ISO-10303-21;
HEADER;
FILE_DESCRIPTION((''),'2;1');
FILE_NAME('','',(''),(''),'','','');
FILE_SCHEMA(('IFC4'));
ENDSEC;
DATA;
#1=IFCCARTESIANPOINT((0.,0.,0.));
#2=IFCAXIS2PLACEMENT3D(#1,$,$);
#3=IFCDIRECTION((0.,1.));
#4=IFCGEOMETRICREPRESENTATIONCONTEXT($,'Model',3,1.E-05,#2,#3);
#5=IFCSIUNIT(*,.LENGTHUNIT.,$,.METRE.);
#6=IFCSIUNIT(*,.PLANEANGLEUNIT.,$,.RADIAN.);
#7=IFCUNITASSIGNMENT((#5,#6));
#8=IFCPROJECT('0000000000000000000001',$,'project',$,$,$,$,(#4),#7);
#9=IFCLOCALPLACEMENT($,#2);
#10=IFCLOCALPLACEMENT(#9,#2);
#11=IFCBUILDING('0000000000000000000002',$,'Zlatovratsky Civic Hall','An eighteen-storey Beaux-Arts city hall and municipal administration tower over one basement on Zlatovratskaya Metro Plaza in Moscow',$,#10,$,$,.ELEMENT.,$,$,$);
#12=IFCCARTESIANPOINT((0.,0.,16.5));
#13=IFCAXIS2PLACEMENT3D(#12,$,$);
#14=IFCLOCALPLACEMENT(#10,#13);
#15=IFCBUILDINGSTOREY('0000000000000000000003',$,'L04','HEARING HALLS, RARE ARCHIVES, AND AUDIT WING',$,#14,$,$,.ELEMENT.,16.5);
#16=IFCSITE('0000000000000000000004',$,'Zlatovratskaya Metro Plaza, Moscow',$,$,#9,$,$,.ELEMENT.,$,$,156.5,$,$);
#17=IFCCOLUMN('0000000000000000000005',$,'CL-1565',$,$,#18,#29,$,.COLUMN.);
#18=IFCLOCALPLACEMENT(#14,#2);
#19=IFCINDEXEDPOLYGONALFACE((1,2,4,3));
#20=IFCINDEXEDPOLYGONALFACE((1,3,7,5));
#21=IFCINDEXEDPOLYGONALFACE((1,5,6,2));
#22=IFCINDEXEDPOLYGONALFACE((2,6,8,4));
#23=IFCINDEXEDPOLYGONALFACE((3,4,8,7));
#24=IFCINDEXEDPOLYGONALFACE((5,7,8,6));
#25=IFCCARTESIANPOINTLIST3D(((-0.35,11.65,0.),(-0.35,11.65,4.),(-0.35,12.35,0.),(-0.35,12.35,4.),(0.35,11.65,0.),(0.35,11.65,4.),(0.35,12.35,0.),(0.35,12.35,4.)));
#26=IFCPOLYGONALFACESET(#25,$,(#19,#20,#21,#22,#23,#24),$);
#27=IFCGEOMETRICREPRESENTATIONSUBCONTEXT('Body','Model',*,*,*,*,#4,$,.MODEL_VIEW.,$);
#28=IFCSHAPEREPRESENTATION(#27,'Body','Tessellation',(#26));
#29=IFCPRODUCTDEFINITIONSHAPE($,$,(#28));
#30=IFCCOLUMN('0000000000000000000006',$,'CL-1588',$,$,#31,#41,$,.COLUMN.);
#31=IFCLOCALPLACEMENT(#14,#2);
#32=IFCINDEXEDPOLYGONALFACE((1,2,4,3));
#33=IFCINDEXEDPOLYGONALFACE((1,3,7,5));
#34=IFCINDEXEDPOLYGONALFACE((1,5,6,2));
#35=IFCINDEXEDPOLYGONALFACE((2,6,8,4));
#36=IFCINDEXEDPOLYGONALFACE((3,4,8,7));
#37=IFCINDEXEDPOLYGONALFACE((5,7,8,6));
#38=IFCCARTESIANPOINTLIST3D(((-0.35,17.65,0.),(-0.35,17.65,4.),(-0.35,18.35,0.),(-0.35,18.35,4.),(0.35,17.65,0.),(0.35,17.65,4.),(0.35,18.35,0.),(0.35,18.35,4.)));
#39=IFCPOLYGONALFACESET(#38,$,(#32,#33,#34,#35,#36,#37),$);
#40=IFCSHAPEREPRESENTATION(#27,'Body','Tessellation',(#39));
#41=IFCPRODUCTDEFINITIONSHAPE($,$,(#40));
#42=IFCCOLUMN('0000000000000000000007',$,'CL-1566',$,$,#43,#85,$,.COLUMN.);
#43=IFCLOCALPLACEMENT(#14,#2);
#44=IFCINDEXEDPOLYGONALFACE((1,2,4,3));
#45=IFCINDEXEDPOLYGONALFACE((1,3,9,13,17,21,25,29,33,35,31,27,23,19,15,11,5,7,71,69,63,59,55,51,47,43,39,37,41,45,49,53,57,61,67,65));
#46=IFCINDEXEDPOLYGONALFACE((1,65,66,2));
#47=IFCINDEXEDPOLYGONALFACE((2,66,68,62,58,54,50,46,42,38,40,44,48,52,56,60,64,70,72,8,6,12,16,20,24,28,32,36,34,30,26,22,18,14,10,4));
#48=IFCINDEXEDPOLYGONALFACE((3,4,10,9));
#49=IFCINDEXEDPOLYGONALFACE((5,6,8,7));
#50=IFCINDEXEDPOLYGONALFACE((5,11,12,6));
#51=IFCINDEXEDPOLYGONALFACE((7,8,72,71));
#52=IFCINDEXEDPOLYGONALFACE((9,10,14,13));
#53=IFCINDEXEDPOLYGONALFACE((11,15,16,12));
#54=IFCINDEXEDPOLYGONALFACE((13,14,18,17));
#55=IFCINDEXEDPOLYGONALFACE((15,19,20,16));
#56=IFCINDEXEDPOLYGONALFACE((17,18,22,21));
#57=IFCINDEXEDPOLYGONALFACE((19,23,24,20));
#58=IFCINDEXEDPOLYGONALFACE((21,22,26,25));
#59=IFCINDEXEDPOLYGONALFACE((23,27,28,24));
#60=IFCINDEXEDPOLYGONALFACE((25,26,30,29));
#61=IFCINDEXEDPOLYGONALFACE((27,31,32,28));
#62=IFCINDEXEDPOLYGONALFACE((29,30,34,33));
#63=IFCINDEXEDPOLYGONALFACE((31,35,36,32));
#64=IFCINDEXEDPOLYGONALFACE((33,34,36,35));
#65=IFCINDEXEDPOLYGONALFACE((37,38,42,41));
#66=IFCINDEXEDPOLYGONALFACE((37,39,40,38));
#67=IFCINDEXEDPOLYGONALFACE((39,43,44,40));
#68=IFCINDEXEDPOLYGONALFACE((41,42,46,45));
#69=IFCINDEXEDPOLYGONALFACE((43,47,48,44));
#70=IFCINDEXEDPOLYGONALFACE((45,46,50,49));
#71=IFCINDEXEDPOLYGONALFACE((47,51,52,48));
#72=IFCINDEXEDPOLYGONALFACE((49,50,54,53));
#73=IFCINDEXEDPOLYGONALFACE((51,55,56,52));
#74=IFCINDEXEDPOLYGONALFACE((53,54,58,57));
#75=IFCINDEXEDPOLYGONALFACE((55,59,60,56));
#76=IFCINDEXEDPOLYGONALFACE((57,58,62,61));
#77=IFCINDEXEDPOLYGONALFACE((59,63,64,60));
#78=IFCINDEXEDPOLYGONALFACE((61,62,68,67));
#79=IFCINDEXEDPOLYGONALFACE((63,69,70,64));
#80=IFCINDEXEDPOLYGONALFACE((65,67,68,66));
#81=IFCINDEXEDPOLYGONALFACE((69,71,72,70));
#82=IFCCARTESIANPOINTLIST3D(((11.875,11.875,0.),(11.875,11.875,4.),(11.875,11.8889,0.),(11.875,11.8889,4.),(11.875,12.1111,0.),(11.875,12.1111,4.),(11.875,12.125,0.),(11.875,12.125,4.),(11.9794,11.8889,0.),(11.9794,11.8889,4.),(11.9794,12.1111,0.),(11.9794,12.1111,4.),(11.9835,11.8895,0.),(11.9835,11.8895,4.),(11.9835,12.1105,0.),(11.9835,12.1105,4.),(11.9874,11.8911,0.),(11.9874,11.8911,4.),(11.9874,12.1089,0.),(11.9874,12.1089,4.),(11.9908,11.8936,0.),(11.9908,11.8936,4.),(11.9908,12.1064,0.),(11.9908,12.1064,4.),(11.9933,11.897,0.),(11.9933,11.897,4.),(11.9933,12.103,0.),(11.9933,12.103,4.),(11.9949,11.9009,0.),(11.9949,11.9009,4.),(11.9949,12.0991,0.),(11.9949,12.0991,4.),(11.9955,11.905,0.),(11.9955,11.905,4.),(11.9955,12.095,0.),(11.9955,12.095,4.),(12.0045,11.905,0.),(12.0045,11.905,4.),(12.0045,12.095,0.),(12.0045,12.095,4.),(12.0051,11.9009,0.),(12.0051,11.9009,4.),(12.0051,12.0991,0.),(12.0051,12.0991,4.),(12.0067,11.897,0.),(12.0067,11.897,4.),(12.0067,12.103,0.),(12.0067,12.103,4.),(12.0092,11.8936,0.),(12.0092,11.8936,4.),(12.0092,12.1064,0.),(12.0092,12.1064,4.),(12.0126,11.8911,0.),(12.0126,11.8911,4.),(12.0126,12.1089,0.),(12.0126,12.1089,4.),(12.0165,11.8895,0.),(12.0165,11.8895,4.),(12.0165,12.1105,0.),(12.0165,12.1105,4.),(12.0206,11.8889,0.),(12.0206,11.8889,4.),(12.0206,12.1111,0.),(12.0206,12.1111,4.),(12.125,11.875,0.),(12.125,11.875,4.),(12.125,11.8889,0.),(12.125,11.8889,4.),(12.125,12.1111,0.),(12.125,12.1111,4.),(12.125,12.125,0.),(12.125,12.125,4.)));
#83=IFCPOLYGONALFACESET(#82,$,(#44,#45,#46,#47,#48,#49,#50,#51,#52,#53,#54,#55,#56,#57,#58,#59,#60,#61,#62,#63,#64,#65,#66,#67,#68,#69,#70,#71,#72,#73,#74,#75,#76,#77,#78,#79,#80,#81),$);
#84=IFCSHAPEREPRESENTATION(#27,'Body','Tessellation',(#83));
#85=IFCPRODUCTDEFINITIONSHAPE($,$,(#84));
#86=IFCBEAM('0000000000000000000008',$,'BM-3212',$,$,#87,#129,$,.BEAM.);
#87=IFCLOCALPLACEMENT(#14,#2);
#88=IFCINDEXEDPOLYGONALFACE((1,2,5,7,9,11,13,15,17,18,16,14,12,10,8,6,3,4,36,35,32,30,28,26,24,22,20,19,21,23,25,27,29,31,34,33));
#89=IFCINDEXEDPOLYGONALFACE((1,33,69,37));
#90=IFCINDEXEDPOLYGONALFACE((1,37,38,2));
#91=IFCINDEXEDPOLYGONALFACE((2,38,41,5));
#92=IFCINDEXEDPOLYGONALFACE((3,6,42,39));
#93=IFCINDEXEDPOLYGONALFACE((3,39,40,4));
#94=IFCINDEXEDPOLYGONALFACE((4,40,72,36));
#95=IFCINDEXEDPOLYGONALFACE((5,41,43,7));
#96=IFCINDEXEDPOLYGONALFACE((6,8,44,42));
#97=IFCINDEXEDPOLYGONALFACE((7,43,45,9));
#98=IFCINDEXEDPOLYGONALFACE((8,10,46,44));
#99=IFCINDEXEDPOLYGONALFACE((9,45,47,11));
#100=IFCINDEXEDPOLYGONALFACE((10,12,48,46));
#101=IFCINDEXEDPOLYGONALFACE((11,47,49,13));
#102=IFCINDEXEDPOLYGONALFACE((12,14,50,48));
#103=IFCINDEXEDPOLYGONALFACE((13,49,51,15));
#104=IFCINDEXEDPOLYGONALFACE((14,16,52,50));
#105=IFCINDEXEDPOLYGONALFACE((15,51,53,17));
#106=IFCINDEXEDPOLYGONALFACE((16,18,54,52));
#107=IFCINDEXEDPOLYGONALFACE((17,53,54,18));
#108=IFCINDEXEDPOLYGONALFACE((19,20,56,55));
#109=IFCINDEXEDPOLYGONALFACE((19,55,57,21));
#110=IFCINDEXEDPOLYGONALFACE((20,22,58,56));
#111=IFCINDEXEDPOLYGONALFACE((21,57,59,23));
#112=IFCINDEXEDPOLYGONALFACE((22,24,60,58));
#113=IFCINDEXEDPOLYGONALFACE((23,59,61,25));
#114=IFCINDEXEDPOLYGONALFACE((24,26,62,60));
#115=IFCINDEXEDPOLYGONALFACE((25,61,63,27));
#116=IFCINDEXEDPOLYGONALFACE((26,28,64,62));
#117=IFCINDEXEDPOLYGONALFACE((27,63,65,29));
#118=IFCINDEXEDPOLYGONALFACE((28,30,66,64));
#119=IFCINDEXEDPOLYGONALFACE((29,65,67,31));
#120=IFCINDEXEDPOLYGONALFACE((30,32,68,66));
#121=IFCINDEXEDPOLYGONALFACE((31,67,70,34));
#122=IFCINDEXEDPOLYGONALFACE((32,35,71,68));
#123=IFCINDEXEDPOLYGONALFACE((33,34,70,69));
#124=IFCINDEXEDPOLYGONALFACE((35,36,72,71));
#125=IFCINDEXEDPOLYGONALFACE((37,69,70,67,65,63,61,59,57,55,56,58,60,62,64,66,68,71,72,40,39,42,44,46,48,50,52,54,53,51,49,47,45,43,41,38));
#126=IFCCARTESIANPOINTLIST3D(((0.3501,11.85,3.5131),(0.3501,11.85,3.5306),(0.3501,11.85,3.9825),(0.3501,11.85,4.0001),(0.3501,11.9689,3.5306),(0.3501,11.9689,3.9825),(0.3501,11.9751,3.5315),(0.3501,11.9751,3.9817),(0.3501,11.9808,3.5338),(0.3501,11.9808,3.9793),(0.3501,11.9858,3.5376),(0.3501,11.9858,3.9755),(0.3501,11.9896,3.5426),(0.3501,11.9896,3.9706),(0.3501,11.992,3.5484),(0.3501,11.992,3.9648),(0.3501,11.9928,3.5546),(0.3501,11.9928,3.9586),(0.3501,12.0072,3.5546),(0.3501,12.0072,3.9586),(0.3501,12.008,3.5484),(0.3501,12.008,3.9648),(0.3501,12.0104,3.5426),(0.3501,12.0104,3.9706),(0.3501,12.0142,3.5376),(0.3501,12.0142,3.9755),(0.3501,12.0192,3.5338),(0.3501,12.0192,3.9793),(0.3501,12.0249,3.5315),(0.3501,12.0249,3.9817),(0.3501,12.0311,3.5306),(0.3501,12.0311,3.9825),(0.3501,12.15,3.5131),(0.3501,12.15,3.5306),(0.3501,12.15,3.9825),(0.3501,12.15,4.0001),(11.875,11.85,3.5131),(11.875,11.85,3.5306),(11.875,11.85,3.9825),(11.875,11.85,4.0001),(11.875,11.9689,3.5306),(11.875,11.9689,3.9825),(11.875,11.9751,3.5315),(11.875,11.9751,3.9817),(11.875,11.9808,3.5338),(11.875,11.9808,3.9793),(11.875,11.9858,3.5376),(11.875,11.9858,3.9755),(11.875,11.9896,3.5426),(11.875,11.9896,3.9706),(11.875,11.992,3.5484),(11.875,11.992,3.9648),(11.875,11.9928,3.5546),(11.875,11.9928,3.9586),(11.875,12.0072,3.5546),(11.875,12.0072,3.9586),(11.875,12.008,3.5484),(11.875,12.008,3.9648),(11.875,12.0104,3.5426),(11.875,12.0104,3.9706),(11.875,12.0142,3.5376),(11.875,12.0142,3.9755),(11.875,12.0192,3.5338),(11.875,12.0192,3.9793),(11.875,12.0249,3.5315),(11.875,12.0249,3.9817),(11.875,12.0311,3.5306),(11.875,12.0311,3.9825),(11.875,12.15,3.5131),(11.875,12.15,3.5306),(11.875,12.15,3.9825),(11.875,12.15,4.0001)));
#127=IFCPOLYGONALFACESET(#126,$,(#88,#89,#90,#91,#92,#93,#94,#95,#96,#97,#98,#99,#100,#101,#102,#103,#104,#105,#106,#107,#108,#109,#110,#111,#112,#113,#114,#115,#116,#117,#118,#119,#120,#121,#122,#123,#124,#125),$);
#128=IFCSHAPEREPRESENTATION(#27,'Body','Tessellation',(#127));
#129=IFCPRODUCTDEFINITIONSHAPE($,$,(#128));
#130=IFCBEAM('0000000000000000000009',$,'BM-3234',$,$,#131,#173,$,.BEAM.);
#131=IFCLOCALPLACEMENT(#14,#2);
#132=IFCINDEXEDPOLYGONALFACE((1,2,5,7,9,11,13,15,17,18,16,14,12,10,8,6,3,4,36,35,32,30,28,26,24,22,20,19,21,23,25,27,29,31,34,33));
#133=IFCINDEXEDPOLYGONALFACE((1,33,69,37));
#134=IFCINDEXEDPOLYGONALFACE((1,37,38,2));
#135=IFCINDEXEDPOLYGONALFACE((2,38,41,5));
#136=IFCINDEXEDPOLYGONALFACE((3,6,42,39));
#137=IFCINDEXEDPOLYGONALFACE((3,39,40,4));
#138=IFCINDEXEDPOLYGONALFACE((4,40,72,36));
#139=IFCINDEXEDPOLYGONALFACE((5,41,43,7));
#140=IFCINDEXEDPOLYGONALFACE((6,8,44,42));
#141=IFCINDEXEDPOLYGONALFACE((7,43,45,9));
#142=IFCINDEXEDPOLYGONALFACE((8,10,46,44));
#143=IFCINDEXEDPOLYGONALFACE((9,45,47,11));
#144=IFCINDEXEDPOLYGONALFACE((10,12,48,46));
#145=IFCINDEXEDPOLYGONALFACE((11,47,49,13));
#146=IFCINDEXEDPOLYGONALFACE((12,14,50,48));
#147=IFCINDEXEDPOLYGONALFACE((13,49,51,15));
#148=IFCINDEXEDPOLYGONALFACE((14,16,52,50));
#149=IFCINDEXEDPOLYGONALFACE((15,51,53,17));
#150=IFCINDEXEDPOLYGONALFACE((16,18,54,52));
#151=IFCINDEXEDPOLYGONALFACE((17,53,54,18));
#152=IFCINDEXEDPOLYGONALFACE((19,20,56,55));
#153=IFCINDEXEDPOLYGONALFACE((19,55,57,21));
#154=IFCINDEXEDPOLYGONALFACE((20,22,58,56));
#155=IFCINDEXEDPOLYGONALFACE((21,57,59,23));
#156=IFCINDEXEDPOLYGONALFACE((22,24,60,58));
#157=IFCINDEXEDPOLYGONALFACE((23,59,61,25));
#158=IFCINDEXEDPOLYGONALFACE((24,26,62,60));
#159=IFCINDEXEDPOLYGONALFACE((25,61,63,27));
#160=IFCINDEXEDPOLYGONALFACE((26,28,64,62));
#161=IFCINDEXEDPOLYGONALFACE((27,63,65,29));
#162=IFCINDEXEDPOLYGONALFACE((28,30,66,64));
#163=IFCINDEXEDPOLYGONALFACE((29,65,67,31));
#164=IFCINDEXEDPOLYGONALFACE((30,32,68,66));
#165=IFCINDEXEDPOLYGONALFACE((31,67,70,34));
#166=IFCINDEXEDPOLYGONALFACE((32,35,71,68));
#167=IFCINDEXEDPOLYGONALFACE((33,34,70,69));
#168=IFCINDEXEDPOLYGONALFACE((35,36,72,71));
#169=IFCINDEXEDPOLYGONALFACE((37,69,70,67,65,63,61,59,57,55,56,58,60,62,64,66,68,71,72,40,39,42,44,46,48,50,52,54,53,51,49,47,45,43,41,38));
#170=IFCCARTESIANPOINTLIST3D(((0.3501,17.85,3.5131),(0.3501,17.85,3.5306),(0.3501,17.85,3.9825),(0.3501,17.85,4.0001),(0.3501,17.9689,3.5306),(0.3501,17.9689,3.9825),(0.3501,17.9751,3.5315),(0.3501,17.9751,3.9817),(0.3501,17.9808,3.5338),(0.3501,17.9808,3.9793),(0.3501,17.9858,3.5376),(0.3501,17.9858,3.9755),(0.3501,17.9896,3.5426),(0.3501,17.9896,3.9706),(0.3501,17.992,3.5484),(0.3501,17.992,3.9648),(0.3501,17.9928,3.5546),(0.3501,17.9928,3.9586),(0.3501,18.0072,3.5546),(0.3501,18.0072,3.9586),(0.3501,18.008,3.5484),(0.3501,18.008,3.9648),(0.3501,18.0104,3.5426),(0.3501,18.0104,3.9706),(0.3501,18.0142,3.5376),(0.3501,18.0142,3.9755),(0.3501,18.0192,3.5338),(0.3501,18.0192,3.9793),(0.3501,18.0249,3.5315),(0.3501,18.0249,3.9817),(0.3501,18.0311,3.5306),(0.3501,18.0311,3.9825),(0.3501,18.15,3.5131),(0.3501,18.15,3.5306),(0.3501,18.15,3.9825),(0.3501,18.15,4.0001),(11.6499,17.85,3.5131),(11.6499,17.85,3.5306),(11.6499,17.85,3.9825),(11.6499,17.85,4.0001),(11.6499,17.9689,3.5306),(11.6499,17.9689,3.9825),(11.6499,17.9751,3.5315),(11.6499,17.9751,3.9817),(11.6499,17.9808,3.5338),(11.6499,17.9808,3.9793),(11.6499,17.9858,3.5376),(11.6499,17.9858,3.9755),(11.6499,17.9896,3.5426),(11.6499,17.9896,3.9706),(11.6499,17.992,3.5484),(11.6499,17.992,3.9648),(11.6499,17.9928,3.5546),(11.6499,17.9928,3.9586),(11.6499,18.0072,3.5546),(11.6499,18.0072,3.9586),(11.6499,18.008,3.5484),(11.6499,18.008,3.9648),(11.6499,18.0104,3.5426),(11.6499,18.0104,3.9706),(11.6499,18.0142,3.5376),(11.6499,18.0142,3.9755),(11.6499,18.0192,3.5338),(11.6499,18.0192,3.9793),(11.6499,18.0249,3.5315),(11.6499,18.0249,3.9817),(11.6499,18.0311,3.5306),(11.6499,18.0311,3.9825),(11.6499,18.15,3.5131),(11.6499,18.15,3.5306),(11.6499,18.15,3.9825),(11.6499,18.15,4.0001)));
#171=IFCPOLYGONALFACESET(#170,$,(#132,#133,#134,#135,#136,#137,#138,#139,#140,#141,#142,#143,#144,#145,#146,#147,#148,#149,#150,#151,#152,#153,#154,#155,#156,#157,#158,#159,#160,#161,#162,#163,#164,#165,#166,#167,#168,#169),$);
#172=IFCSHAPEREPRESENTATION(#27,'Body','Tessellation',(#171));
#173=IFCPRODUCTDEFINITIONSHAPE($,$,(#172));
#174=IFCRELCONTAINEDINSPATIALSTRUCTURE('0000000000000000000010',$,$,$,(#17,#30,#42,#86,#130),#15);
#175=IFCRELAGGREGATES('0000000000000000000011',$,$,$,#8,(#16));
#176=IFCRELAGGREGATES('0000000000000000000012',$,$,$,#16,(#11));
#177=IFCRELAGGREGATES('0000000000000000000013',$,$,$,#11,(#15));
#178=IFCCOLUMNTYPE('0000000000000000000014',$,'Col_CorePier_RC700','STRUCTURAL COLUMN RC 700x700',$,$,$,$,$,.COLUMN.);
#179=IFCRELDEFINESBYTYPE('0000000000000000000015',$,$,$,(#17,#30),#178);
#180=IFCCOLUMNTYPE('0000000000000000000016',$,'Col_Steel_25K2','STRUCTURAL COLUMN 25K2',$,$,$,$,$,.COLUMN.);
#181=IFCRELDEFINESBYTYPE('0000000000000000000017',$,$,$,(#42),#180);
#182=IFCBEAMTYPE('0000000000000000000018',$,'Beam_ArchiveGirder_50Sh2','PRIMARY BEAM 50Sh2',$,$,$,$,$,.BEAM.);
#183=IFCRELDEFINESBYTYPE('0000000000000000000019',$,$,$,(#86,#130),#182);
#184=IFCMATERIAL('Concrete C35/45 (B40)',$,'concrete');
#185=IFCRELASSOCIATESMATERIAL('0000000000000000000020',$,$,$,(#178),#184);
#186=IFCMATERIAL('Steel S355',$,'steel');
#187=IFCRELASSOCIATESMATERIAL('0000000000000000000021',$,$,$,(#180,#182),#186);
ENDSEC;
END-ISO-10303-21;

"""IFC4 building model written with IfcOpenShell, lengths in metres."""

from ifc_helpers import new_model, si_unit, direction, frame, origin, origin_2d, place, context, subcontext, project, spatial, rectangle, i_section, extrude, material, material_profile, profile_set, type_object, element, save


model = new_model("IFC4")

# Units and contexts
model_context = context("Model", 3, precision=1e-05, world=origin(), true_north=direction((0.0, 1.0)))
body_context = subcontext(model_context, "Body", "Model", "MODEL_VIEW")
ifc_project = project(units=[si_unit("LENGTHUNIT", "METRE"), si_unit("PLANEANGLEUNIT", "RADIAN")], contexts=[model_context])

# Site, building, storey
site_placement = place(None, origin())
site = spatial("IfcSite", under=ifc_project, at=site_placement, Name="Zlatovratskaya Metro Plaza, Moscow", CompositionType="ELEMENT", RefElevation=156.5)
building_placement = place(site_placement, origin())
building = spatial("IfcBuilding", under=site, at=building_placement, Name="Zlatovratsky Civic Hall", Description="An eighteen-storey Beaux-Arts city hall and municipal administration tower over one basement on Zlatovratskaya Metro Plaza in Moscow", CompositionType="ELEMENT")
storey_placement = place(building_placement, frame((0.0, 0.0, 16.5)))
storey = spatial("IfcBuildingStorey", under=building, at=storey_placement, Name="L04", Description="HEARING HALLS, RARE ARCHIVES, AND AUDIT WING", CompositionType="ELEMENT", Elevation=16.5)

# Columns
ifc_material_1 = material(Name="Concrete C35/45 (B40)", Category="concrete")
ifc_material_profile_1 = material_profile(ifc_material_1, rectangle(XDim=0.7, YDim=0.7, at=origin_2d()), Name="RC 700x700")
ifc_profile_set_1 = profile_set([ifc_material_profile_1], Name="Concrete C35/45 (B40)")
column_type_1 = type_object("IfcColumnType", Name="Col_CorePier_RC700", Description="STRUCTURAL COLUMN RC 700x700", PredefinedType="COLUMN", material=ifc_profile_set_1)
for number, where, z_axis, x_axis, name in (
    (1, (0.0, 12.0, 0.0), (0.0, 0.0, 1.0), (1.0, 0.0, 0.0), "CL-1565"),
    (2, (0.0, 18.0, 0.0), (0.0, 0.0, 1.0), (1.0, 0.0, 0.0), "CL-1588"),
):
    element("IfcColumn", number, at=place(storey_placement, frame(where, z_axis=z_axis, x_axis=x_axis)), inside=storey, type_object=column_type_1, Name=name, PredefinedType="COLUMN", context=body_context, shape_type="SweptSolid", body=[
        extrude(rectangle(XDim=0.7, YDim=0.7, at=origin_2d()), origin(), (0.0, 0.0, 1.0), 4.0),
    ])
ifc_material_2 = material(Name="Steel S355", Category="steel")
ifc_material_profile_2 = material_profile(ifc_material_2, i_section(OverallWidth=0.25, OverallDepth=0.25, WebThickness=0.009, FlangeThickness=0.0139, FilletRadius=0.0161, at=origin_2d()), Name="25K2")
ifc_profile_set_2 = profile_set([ifc_material_profile_2], Name="Steel S355")
column_type_2 = type_object("IfcColumnType", Name="Col_Steel_25K2", Description="STRUCTURAL COLUMN 25K2", PredefinedType="COLUMN", material=ifc_profile_set_2)
column_placement = place(storey_placement, frame((12.0, 12.0, 0.0), z_axis=(0.0, 0.0, 1.0), x_axis=(1.0, 0.0, 0.0)))
element("IfcColumn", 3, at=column_placement, inside=storey, type_object=column_type_2, Name="CL-1566", PredefinedType="COLUMN", context=body_context, shape_type="SweptSolid", body=[
    extrude(i_section(OverallWidth=0.25, OverallDepth=0.25, WebThickness=0.009, FlangeThickness=0.0139, FilletRadius=0.0161, at=origin_2d()), origin(), (0.0, 0.0, 1.0), 4.0),
])

# Beams
ifc_material_profile_3 = material_profile(ifc_material_2, i_section(OverallWidth=0.3, OverallDepth=0.4871, WebThickness=0.0144, FlangeThickness=0.0176, FilletRadius=0.0239, at=origin_2d()), Name="50Sh2")
ifc_profile_set_3 = profile_set([ifc_material_profile_3], Name="Steel S355")
beam_type_1 = type_object("IfcBeamType", Name="Beam_ArchiveGirder_50Sh2", Description="PRIMARY BEAM 50Sh2", PredefinedType="BEAM", material=ifc_profile_set_3)
beam_1_placement = place(storey_placement, frame((0.3501, 12.0, 3.7566), z_axis=(1.0, 0.0, 0.0), x_axis=(0.0, 1.0, 0.0)))
element("IfcBeam", 4, at=beam_1_placement, inside=storey, type_object=beam_type_1, Name="BM-3212", PredefinedType="BEAM", context=body_context, shape_type="SweptSolid", body=[
    extrude(i_section(OverallWidth=0.3, OverallDepth=0.4871, WebThickness=0.0144, FlangeThickness=0.0176, FilletRadius=0.0239, at=origin_2d()), origin(), (0.0, 0.0, 1.0), 11.5249),
])
beam_2_placement = place(storey_placement, frame((0.3501, 18.0, 3.7566), z_axis=(1.0, 0.0, 0.0), x_axis=(0.0, 1.0, 0.0)))
element("IfcBeam", 5, at=beam_2_placement, inside=storey, type_object=beam_type_1, Name="BM-3234", PredefinedType="BEAM", context=body_context, shape_type="SweptSolid", body=[
    extrude(i_section(OverallWidth=0.3, OverallDepth=0.4871, WebThickness=0.0144, FlangeThickness=0.0176, FilletRadius=0.0239, at=origin_2d()), origin(), (0.0, 0.0, 1.0), 11.2998),
])

save(model, "model.ifc")
